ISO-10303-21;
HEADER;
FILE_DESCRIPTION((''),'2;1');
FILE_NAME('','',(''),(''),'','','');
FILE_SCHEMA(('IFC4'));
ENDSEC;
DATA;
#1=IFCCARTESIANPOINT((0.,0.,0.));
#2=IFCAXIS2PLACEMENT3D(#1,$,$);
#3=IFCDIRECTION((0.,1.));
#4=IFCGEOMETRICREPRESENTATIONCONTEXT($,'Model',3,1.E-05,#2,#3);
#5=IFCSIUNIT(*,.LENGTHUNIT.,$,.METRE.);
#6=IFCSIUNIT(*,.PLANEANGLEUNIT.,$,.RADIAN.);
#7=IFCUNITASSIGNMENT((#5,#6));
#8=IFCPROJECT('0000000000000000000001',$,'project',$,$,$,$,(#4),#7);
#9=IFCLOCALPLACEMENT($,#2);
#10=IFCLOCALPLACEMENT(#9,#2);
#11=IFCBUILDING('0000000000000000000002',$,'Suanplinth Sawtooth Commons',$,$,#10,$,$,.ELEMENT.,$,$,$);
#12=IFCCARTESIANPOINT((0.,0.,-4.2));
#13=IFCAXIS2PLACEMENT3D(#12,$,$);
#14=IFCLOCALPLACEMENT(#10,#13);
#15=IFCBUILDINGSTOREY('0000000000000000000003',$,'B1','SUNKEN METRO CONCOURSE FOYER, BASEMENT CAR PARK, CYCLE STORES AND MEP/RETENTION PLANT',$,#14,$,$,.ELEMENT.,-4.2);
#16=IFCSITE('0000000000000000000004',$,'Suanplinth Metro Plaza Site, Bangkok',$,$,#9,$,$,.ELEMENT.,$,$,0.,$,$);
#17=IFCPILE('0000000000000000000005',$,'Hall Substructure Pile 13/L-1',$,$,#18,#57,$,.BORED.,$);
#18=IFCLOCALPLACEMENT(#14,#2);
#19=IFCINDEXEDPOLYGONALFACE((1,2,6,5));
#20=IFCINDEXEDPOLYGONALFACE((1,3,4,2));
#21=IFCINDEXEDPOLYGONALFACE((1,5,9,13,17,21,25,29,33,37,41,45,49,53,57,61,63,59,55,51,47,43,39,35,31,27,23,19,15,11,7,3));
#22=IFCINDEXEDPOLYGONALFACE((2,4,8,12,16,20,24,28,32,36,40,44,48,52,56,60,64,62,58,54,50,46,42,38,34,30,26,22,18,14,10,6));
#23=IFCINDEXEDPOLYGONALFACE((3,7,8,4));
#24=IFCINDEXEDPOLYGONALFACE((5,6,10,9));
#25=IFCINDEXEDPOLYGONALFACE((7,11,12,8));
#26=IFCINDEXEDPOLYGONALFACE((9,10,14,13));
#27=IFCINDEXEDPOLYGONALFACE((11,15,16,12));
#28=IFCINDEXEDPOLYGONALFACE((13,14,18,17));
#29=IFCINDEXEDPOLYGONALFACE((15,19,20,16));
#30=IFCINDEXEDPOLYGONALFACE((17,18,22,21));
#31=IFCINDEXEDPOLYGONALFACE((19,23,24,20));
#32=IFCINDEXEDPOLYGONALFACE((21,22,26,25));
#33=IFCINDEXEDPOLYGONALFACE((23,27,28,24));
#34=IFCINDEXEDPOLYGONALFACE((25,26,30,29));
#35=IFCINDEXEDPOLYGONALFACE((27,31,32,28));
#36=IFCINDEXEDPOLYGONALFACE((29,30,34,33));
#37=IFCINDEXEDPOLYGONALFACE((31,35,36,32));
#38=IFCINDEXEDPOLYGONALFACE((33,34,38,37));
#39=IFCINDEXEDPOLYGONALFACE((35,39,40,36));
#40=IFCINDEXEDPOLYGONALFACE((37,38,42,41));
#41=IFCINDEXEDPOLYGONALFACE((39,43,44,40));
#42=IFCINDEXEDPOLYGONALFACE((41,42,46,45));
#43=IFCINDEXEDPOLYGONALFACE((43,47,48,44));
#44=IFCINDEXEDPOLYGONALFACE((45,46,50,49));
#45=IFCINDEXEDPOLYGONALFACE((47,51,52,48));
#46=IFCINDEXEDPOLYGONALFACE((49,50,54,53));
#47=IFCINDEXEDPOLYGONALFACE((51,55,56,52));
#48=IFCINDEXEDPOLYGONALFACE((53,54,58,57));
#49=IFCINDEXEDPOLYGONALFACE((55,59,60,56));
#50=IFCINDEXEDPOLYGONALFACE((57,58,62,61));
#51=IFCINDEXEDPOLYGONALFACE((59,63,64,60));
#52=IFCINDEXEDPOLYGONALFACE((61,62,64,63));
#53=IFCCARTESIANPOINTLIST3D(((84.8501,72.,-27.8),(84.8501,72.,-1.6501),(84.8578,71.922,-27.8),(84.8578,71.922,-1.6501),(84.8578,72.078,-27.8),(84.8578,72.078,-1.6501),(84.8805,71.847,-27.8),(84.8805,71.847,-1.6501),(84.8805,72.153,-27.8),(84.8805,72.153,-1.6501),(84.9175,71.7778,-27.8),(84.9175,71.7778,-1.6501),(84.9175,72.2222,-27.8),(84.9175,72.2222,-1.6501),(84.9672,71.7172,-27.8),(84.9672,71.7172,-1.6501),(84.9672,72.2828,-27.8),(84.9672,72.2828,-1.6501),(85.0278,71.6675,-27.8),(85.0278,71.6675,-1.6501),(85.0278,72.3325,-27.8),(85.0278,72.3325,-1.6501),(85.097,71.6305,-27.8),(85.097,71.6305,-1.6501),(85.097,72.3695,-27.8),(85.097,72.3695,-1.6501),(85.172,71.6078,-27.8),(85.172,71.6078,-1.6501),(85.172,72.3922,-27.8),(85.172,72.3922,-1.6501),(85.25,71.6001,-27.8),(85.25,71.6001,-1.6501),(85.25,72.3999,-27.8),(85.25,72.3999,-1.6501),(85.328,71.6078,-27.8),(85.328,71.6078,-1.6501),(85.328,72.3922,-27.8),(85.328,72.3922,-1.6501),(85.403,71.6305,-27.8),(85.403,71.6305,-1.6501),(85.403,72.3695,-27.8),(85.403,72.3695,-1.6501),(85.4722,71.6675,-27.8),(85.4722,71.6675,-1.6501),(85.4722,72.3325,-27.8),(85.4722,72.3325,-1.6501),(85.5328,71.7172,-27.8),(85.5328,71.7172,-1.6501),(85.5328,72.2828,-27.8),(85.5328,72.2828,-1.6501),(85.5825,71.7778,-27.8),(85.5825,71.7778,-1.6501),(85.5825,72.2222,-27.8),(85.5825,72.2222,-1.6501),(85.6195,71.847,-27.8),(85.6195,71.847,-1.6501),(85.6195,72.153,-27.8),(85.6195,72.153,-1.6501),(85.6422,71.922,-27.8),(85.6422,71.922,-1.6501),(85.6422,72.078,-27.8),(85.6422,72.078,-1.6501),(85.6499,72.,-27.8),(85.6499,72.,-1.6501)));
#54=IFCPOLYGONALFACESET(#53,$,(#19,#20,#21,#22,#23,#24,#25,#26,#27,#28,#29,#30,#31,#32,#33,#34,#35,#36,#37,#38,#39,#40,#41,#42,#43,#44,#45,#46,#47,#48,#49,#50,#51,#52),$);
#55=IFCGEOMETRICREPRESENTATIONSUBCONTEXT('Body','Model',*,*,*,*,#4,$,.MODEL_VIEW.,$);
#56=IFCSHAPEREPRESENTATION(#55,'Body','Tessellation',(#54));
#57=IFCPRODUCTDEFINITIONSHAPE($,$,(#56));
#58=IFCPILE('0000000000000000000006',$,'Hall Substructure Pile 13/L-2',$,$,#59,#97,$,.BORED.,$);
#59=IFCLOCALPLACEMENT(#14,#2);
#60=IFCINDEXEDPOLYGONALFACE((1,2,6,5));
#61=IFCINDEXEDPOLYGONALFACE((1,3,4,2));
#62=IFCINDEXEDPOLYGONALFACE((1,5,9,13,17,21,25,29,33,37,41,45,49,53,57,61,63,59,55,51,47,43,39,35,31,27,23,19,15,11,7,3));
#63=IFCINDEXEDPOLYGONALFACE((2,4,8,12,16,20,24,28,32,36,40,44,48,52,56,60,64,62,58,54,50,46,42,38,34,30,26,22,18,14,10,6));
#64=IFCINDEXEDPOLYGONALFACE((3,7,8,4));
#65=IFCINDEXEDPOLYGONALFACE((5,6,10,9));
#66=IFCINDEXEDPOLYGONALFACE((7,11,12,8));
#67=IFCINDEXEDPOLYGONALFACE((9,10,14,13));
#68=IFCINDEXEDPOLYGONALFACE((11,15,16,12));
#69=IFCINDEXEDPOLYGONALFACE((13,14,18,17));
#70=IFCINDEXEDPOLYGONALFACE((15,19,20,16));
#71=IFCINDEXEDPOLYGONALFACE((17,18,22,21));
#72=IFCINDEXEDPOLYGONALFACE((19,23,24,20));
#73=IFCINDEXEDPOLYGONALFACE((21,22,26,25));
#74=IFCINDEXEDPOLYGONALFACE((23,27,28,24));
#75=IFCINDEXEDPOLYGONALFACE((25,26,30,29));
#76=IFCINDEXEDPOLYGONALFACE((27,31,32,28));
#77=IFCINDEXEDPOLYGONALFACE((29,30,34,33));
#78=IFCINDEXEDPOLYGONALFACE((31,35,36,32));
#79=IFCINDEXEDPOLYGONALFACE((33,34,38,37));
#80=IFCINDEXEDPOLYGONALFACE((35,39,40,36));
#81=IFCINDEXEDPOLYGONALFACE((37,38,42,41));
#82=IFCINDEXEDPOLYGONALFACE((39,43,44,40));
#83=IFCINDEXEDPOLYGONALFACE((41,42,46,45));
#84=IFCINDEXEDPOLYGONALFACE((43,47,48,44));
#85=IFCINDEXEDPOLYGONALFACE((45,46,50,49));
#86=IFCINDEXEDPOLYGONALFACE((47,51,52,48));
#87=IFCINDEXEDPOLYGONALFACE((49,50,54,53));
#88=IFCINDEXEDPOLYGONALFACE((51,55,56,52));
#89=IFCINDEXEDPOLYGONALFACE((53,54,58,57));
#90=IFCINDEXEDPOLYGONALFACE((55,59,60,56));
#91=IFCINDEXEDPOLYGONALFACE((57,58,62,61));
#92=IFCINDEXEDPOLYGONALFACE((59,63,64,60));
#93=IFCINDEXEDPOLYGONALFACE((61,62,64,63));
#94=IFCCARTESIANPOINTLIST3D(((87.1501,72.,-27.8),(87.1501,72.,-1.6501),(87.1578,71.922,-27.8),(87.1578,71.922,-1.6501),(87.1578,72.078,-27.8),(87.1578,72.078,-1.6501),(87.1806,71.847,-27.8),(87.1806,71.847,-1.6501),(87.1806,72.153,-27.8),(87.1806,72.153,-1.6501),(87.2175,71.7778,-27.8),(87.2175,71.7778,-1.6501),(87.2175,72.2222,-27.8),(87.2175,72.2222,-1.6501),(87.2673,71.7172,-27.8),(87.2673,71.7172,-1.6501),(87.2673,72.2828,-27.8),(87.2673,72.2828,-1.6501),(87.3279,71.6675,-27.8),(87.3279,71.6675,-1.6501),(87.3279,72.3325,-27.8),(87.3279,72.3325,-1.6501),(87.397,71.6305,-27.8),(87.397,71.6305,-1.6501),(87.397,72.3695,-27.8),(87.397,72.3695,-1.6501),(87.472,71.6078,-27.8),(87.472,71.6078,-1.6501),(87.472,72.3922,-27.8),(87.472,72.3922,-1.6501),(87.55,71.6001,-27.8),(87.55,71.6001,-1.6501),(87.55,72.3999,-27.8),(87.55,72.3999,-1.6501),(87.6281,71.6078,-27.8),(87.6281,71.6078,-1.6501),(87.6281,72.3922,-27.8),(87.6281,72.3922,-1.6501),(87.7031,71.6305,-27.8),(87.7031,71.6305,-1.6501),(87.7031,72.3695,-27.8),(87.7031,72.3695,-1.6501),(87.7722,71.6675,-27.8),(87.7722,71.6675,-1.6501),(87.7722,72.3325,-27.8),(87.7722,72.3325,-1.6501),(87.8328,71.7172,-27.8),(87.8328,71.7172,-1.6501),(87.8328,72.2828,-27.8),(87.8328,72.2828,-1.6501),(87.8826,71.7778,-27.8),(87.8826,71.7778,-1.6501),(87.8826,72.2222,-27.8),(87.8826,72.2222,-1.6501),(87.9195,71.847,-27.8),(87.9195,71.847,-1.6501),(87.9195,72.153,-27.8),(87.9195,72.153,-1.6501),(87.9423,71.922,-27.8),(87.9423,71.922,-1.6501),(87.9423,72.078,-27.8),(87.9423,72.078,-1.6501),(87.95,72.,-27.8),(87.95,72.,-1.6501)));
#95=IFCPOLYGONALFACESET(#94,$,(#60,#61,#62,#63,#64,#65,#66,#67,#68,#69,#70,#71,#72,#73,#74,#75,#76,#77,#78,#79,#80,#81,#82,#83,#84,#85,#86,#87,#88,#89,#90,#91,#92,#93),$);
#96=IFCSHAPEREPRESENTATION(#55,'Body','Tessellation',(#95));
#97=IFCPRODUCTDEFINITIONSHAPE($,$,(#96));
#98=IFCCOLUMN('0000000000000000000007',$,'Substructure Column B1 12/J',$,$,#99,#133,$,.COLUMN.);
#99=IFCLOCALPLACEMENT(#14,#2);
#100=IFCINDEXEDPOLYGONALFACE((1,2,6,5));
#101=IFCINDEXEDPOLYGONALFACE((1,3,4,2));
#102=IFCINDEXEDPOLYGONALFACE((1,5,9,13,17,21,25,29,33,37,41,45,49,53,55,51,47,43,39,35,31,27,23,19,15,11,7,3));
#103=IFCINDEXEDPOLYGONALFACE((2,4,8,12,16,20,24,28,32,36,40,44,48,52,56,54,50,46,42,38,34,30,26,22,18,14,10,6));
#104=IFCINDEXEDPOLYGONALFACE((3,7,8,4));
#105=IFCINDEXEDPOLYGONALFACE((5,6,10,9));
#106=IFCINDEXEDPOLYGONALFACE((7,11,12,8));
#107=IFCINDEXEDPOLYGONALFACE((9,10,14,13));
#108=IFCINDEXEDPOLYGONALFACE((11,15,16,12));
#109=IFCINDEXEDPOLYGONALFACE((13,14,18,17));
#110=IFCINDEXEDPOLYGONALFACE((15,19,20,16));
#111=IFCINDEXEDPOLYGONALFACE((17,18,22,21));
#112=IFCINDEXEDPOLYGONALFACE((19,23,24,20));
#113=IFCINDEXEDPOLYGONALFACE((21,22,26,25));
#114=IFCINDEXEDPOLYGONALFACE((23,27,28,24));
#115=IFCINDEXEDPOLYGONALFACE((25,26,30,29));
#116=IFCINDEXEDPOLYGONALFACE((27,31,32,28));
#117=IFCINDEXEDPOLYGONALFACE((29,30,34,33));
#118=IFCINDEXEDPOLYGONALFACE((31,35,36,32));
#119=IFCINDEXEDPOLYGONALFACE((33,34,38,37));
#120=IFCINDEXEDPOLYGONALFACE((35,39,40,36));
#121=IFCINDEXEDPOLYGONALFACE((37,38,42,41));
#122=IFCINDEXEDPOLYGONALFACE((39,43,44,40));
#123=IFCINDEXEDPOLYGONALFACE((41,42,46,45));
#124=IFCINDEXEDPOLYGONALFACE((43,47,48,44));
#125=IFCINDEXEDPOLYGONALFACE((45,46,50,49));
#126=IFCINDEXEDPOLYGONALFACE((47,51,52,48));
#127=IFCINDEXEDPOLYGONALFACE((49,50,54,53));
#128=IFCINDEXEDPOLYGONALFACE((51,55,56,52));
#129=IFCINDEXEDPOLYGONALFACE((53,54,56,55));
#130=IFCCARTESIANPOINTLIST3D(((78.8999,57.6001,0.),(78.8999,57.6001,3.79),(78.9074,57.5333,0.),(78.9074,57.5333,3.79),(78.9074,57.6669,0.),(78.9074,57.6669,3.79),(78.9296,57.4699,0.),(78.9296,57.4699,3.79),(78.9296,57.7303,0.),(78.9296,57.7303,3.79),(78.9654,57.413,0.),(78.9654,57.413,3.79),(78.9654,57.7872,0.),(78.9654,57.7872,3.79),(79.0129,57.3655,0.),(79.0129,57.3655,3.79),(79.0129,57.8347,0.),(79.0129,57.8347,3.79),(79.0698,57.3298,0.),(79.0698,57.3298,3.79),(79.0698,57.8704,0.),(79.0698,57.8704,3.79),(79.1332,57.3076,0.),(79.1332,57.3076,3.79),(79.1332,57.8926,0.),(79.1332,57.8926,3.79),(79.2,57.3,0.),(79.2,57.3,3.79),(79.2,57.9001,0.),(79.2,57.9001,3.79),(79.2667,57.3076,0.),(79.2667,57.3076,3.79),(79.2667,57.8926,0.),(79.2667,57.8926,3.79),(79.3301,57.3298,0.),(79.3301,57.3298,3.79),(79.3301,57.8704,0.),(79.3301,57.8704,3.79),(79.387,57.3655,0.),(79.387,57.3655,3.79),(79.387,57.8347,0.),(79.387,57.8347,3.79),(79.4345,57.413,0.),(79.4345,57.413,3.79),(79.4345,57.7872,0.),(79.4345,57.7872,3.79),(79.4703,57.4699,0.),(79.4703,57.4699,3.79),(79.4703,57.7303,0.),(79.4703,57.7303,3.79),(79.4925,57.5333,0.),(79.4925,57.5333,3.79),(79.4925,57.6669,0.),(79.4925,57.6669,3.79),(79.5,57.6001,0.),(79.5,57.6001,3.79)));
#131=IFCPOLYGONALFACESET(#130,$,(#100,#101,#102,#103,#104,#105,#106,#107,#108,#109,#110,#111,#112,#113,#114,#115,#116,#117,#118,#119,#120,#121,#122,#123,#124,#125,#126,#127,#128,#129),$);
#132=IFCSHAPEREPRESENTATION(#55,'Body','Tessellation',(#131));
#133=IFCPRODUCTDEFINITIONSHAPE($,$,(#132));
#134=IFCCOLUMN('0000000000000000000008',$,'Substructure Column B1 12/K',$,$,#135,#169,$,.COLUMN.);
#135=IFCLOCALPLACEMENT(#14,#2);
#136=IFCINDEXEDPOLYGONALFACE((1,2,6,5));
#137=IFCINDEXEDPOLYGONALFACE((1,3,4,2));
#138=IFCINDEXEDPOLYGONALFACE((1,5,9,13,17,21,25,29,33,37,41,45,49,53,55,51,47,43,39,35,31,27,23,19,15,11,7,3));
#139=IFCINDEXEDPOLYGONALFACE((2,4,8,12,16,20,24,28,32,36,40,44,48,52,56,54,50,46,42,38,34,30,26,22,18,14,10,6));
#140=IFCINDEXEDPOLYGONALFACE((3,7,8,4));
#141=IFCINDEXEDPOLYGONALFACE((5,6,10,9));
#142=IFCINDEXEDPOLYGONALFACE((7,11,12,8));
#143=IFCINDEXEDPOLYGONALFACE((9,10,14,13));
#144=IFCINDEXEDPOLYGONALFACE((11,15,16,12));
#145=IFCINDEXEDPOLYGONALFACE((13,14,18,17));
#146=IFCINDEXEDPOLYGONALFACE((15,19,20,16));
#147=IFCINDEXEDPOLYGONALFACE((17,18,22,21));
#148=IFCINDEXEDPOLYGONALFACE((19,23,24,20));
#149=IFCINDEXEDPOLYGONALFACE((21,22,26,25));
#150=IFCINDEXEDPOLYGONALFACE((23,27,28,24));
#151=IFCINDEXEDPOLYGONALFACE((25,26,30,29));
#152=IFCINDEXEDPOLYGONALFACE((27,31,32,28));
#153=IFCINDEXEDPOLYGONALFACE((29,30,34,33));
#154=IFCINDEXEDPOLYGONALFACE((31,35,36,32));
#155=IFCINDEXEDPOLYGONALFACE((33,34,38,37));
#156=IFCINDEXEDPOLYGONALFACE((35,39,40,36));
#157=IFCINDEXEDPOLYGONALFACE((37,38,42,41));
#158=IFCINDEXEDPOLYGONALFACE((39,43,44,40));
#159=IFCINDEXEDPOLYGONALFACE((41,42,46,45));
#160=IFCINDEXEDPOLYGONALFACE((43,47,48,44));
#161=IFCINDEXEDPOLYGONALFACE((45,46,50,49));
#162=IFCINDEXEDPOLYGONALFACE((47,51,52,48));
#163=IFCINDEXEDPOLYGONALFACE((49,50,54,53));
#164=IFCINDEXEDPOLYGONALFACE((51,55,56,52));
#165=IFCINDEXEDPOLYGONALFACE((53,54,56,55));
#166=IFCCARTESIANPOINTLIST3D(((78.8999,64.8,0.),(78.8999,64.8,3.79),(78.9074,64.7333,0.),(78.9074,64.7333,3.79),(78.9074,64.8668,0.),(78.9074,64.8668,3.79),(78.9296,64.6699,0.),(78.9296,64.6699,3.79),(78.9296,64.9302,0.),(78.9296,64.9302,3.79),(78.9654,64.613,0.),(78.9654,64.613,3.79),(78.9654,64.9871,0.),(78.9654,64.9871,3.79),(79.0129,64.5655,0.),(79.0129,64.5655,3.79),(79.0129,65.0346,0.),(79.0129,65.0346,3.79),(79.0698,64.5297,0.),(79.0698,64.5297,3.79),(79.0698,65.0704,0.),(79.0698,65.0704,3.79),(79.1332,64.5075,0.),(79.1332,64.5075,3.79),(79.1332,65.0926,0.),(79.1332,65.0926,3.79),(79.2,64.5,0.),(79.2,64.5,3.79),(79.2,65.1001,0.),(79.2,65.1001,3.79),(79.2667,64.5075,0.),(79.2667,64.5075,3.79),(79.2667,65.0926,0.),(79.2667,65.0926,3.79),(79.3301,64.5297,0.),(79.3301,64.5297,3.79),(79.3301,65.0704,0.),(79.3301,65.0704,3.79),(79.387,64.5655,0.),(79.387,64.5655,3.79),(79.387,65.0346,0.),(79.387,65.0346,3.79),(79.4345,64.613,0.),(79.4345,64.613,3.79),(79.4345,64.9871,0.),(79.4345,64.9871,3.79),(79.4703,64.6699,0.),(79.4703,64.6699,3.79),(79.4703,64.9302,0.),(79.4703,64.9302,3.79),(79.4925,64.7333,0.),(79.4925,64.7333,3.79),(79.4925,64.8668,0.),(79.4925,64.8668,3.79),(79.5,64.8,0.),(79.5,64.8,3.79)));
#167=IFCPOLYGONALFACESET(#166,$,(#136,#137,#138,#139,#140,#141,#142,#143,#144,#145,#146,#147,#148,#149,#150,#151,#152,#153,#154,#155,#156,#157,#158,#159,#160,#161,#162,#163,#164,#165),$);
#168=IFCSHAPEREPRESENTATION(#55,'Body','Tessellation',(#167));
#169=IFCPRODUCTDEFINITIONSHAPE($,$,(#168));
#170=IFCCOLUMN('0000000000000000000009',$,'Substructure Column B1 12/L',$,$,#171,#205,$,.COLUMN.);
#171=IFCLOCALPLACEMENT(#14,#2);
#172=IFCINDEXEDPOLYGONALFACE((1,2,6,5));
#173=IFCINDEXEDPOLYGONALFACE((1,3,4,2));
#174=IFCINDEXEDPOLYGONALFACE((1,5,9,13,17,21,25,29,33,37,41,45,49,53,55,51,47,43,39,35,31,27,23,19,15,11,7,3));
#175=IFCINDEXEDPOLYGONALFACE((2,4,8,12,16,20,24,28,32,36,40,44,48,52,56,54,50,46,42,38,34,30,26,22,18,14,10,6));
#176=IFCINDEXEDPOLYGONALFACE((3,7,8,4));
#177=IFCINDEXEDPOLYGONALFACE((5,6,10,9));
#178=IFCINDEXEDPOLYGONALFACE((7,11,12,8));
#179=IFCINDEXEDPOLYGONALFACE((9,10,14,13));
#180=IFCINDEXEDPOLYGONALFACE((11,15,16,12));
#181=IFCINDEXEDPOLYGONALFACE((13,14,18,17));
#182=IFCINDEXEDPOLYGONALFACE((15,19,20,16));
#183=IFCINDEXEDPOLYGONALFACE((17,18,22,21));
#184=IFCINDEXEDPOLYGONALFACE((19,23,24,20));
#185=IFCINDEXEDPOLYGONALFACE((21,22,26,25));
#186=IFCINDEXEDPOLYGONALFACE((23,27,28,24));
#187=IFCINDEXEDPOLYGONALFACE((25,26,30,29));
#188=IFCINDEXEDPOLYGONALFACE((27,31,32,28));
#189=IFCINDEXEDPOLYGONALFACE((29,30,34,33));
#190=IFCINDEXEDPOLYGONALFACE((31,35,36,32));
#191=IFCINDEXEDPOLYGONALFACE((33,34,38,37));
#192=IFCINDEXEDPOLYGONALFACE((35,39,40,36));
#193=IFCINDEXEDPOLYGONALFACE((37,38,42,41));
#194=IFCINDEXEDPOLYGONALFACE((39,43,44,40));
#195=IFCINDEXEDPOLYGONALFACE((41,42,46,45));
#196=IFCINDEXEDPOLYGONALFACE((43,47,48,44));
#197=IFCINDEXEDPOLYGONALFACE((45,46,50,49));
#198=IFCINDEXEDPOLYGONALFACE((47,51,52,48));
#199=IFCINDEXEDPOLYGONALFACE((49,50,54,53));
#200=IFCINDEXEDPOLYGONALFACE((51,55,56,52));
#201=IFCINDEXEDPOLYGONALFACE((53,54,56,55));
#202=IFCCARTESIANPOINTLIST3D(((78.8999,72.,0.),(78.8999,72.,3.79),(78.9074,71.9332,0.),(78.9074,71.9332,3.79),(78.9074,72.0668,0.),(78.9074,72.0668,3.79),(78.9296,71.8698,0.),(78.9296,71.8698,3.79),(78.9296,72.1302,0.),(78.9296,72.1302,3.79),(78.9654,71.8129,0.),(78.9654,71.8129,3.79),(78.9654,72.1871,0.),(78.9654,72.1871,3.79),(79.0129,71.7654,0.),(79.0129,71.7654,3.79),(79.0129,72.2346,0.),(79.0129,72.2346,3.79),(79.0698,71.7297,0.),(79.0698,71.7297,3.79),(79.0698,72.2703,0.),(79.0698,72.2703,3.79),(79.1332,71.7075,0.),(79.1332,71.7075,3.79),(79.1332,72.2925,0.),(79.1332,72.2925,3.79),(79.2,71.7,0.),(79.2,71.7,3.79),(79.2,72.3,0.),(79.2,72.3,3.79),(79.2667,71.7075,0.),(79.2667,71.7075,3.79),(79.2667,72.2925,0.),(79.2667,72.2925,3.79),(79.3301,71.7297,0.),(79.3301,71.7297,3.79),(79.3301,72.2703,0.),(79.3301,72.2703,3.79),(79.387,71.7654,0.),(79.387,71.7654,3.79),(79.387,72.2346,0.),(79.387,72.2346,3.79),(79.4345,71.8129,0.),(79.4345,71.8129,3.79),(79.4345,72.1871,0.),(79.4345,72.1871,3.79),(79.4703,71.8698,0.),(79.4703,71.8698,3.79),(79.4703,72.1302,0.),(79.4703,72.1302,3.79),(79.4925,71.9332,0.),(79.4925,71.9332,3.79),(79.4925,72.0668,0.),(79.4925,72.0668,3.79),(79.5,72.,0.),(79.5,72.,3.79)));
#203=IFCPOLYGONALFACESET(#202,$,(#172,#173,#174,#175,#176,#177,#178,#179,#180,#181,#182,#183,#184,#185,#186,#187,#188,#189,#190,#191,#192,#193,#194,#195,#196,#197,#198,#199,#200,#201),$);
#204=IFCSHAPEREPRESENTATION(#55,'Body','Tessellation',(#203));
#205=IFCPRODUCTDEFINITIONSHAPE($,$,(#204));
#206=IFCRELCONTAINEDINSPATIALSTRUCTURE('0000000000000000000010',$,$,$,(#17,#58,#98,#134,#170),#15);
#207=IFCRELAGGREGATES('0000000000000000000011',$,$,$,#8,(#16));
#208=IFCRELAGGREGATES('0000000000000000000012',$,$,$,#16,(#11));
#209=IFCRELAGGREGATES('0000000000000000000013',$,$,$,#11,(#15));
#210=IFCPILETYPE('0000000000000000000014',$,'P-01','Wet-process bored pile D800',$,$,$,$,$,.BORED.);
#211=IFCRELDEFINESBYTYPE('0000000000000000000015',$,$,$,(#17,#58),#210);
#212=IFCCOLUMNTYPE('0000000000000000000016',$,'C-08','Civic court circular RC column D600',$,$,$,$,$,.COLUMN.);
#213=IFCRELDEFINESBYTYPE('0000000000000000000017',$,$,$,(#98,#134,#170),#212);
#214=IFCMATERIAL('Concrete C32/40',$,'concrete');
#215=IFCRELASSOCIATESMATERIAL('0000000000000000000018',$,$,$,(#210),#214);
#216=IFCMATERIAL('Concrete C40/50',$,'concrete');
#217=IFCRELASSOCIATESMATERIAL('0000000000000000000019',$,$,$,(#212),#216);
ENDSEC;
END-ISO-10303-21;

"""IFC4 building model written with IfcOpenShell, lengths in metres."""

from ifc_helpers import new_model, si_unit, direction, frame, origin, origin_2d, place, context, subcontext, project, spatial, circle, extrude, material, material_profile, profile_set, type_object, element, save


model = new_model("IFC4")

# Units and contexts
model_context = context("Model", 3, precision=1e-05, world=origin(), true_north=direction((0.0, 1.0)))
body_context = subcontext(model_context, "Body", "Model", "MODEL_VIEW")
ifc_project = project(units=[si_unit("LENGTHUNIT", "METRE"), si_unit("PLANEANGLEUNIT", "RADIAN")], contexts=[model_context])

# Site, building, storey
site_placement = place(None, origin())
site = spatial("IfcSite", under=ifc_project, at=site_placement, Name="Suanplinth Metro Plaza Site, Bangkok", CompositionType="ELEMENT", RefElevation=0.0)
building_placement = place(site_placement, origin())
building = spatial("IfcBuilding", under=site, at=building_placement, Name="Suanplinth Sawtooth Commons", CompositionType="ELEMENT")
storey_placement = place(building_placement, frame((0.0, 0.0, -4.2)))
storey = spatial("IfcBuildingStorey", under=building, at=storey_placement, Name="B1", Description="SUNKEN METRO CONCOURSE FOYER, BASEMENT CAR PARK, CYCLE STORES AND MEP/RETENTION PLANT", CompositionType="ELEMENT", Elevation=-4.2)

# Piles
ifc_material_1 = material(Name="Concrete C32/40", Category="concrete")
ifc_material_profile_1 = material_profile(ifc_material_1, circle(Radius=0.3999, at=origin_2d()), Name="PILE D800")
ifc_profile_set_1 = profile_set([ifc_material_profile_1], Name="Concrete C32/40")
pile_type = type_object("IfcPileType", Name="P-01", Description="Wet-process bored pile D800", PredefinedType="BORED", material=ifc_profile_set_1)
for number, where, z_axis, x_axis, name in (
    (1, (85.25, 72.0, -1.6501), (0.0, 0.0, -1.0), (1.0, 0.0, 0.0), "Hall Substructure Pile 13/L-1"),
    (2, (87.55, 72.0, -1.6501), (0.0, 0.0, -1.0), (1.0, 0.0, 0.0), "Hall Substructure Pile 13/L-2"),
):
    element("IfcPile", number, at=place(storey_placement, frame(where, z_axis=z_axis, x_axis=x_axis)), inside=storey, type_object=pile_type, Name=name, PredefinedType="BORED", context=body_context, shape_type="SweptSolid", body=[
        extrude(circle(Radius=0.3999, at=origin_2d()), origin(), (0.0, 0.0, 1.0), 26.1499),
    ])

# Columns
ifc_material_2 = material(Name="Concrete C40/50", Category="concrete")
ifc_material_profile_2 = material_profile(ifc_material_2, circle(Radius=0.3, at=origin_2d()), Name="RC-CIRC D600")
ifc_profile_set_2 = profile_set([ifc_material_profile_2], Name="Concrete C40/50")
column_type = type_object("IfcColumnType", Name="C-08", Description="Civic court circular RC column D600", PredefinedType="COLUMN", material=ifc_profile_set_2)
for number, where, z_axis, x_axis, name in (
    (3, (79.2, 57.6001, 0.0), (0.0, 0.0, 1.0), (1.0, 0.0, 0.0), "Substructure Column B1 12/J"),
    (4, (79.2, 64.8, 0.0), (0.0, 0.0, 1.0), (1.0, 0.0, 0.0), "Substructure Column B1 12/K"),
    (5, (79.2, 72.0, 0.0), (0.0, 0.0, 1.0), (1.0, 0.0, 0.0), "Substructure Column B1 12/L"),
):
    element("IfcColumn", number, at=place(storey_placement, frame(where, z_axis=z_axis, x_axis=x_axis)), inside=storey, type_object=column_type, Name=name, PredefinedType="COLUMN", context=body_context, shape_type="SweptSolid", body=[
        extrude(circle(Radius=0.3, at=origin_2d()), origin(), (0.0, 0.0, 1.0), 3.79),
    ])

save(model, "model.ifc")
